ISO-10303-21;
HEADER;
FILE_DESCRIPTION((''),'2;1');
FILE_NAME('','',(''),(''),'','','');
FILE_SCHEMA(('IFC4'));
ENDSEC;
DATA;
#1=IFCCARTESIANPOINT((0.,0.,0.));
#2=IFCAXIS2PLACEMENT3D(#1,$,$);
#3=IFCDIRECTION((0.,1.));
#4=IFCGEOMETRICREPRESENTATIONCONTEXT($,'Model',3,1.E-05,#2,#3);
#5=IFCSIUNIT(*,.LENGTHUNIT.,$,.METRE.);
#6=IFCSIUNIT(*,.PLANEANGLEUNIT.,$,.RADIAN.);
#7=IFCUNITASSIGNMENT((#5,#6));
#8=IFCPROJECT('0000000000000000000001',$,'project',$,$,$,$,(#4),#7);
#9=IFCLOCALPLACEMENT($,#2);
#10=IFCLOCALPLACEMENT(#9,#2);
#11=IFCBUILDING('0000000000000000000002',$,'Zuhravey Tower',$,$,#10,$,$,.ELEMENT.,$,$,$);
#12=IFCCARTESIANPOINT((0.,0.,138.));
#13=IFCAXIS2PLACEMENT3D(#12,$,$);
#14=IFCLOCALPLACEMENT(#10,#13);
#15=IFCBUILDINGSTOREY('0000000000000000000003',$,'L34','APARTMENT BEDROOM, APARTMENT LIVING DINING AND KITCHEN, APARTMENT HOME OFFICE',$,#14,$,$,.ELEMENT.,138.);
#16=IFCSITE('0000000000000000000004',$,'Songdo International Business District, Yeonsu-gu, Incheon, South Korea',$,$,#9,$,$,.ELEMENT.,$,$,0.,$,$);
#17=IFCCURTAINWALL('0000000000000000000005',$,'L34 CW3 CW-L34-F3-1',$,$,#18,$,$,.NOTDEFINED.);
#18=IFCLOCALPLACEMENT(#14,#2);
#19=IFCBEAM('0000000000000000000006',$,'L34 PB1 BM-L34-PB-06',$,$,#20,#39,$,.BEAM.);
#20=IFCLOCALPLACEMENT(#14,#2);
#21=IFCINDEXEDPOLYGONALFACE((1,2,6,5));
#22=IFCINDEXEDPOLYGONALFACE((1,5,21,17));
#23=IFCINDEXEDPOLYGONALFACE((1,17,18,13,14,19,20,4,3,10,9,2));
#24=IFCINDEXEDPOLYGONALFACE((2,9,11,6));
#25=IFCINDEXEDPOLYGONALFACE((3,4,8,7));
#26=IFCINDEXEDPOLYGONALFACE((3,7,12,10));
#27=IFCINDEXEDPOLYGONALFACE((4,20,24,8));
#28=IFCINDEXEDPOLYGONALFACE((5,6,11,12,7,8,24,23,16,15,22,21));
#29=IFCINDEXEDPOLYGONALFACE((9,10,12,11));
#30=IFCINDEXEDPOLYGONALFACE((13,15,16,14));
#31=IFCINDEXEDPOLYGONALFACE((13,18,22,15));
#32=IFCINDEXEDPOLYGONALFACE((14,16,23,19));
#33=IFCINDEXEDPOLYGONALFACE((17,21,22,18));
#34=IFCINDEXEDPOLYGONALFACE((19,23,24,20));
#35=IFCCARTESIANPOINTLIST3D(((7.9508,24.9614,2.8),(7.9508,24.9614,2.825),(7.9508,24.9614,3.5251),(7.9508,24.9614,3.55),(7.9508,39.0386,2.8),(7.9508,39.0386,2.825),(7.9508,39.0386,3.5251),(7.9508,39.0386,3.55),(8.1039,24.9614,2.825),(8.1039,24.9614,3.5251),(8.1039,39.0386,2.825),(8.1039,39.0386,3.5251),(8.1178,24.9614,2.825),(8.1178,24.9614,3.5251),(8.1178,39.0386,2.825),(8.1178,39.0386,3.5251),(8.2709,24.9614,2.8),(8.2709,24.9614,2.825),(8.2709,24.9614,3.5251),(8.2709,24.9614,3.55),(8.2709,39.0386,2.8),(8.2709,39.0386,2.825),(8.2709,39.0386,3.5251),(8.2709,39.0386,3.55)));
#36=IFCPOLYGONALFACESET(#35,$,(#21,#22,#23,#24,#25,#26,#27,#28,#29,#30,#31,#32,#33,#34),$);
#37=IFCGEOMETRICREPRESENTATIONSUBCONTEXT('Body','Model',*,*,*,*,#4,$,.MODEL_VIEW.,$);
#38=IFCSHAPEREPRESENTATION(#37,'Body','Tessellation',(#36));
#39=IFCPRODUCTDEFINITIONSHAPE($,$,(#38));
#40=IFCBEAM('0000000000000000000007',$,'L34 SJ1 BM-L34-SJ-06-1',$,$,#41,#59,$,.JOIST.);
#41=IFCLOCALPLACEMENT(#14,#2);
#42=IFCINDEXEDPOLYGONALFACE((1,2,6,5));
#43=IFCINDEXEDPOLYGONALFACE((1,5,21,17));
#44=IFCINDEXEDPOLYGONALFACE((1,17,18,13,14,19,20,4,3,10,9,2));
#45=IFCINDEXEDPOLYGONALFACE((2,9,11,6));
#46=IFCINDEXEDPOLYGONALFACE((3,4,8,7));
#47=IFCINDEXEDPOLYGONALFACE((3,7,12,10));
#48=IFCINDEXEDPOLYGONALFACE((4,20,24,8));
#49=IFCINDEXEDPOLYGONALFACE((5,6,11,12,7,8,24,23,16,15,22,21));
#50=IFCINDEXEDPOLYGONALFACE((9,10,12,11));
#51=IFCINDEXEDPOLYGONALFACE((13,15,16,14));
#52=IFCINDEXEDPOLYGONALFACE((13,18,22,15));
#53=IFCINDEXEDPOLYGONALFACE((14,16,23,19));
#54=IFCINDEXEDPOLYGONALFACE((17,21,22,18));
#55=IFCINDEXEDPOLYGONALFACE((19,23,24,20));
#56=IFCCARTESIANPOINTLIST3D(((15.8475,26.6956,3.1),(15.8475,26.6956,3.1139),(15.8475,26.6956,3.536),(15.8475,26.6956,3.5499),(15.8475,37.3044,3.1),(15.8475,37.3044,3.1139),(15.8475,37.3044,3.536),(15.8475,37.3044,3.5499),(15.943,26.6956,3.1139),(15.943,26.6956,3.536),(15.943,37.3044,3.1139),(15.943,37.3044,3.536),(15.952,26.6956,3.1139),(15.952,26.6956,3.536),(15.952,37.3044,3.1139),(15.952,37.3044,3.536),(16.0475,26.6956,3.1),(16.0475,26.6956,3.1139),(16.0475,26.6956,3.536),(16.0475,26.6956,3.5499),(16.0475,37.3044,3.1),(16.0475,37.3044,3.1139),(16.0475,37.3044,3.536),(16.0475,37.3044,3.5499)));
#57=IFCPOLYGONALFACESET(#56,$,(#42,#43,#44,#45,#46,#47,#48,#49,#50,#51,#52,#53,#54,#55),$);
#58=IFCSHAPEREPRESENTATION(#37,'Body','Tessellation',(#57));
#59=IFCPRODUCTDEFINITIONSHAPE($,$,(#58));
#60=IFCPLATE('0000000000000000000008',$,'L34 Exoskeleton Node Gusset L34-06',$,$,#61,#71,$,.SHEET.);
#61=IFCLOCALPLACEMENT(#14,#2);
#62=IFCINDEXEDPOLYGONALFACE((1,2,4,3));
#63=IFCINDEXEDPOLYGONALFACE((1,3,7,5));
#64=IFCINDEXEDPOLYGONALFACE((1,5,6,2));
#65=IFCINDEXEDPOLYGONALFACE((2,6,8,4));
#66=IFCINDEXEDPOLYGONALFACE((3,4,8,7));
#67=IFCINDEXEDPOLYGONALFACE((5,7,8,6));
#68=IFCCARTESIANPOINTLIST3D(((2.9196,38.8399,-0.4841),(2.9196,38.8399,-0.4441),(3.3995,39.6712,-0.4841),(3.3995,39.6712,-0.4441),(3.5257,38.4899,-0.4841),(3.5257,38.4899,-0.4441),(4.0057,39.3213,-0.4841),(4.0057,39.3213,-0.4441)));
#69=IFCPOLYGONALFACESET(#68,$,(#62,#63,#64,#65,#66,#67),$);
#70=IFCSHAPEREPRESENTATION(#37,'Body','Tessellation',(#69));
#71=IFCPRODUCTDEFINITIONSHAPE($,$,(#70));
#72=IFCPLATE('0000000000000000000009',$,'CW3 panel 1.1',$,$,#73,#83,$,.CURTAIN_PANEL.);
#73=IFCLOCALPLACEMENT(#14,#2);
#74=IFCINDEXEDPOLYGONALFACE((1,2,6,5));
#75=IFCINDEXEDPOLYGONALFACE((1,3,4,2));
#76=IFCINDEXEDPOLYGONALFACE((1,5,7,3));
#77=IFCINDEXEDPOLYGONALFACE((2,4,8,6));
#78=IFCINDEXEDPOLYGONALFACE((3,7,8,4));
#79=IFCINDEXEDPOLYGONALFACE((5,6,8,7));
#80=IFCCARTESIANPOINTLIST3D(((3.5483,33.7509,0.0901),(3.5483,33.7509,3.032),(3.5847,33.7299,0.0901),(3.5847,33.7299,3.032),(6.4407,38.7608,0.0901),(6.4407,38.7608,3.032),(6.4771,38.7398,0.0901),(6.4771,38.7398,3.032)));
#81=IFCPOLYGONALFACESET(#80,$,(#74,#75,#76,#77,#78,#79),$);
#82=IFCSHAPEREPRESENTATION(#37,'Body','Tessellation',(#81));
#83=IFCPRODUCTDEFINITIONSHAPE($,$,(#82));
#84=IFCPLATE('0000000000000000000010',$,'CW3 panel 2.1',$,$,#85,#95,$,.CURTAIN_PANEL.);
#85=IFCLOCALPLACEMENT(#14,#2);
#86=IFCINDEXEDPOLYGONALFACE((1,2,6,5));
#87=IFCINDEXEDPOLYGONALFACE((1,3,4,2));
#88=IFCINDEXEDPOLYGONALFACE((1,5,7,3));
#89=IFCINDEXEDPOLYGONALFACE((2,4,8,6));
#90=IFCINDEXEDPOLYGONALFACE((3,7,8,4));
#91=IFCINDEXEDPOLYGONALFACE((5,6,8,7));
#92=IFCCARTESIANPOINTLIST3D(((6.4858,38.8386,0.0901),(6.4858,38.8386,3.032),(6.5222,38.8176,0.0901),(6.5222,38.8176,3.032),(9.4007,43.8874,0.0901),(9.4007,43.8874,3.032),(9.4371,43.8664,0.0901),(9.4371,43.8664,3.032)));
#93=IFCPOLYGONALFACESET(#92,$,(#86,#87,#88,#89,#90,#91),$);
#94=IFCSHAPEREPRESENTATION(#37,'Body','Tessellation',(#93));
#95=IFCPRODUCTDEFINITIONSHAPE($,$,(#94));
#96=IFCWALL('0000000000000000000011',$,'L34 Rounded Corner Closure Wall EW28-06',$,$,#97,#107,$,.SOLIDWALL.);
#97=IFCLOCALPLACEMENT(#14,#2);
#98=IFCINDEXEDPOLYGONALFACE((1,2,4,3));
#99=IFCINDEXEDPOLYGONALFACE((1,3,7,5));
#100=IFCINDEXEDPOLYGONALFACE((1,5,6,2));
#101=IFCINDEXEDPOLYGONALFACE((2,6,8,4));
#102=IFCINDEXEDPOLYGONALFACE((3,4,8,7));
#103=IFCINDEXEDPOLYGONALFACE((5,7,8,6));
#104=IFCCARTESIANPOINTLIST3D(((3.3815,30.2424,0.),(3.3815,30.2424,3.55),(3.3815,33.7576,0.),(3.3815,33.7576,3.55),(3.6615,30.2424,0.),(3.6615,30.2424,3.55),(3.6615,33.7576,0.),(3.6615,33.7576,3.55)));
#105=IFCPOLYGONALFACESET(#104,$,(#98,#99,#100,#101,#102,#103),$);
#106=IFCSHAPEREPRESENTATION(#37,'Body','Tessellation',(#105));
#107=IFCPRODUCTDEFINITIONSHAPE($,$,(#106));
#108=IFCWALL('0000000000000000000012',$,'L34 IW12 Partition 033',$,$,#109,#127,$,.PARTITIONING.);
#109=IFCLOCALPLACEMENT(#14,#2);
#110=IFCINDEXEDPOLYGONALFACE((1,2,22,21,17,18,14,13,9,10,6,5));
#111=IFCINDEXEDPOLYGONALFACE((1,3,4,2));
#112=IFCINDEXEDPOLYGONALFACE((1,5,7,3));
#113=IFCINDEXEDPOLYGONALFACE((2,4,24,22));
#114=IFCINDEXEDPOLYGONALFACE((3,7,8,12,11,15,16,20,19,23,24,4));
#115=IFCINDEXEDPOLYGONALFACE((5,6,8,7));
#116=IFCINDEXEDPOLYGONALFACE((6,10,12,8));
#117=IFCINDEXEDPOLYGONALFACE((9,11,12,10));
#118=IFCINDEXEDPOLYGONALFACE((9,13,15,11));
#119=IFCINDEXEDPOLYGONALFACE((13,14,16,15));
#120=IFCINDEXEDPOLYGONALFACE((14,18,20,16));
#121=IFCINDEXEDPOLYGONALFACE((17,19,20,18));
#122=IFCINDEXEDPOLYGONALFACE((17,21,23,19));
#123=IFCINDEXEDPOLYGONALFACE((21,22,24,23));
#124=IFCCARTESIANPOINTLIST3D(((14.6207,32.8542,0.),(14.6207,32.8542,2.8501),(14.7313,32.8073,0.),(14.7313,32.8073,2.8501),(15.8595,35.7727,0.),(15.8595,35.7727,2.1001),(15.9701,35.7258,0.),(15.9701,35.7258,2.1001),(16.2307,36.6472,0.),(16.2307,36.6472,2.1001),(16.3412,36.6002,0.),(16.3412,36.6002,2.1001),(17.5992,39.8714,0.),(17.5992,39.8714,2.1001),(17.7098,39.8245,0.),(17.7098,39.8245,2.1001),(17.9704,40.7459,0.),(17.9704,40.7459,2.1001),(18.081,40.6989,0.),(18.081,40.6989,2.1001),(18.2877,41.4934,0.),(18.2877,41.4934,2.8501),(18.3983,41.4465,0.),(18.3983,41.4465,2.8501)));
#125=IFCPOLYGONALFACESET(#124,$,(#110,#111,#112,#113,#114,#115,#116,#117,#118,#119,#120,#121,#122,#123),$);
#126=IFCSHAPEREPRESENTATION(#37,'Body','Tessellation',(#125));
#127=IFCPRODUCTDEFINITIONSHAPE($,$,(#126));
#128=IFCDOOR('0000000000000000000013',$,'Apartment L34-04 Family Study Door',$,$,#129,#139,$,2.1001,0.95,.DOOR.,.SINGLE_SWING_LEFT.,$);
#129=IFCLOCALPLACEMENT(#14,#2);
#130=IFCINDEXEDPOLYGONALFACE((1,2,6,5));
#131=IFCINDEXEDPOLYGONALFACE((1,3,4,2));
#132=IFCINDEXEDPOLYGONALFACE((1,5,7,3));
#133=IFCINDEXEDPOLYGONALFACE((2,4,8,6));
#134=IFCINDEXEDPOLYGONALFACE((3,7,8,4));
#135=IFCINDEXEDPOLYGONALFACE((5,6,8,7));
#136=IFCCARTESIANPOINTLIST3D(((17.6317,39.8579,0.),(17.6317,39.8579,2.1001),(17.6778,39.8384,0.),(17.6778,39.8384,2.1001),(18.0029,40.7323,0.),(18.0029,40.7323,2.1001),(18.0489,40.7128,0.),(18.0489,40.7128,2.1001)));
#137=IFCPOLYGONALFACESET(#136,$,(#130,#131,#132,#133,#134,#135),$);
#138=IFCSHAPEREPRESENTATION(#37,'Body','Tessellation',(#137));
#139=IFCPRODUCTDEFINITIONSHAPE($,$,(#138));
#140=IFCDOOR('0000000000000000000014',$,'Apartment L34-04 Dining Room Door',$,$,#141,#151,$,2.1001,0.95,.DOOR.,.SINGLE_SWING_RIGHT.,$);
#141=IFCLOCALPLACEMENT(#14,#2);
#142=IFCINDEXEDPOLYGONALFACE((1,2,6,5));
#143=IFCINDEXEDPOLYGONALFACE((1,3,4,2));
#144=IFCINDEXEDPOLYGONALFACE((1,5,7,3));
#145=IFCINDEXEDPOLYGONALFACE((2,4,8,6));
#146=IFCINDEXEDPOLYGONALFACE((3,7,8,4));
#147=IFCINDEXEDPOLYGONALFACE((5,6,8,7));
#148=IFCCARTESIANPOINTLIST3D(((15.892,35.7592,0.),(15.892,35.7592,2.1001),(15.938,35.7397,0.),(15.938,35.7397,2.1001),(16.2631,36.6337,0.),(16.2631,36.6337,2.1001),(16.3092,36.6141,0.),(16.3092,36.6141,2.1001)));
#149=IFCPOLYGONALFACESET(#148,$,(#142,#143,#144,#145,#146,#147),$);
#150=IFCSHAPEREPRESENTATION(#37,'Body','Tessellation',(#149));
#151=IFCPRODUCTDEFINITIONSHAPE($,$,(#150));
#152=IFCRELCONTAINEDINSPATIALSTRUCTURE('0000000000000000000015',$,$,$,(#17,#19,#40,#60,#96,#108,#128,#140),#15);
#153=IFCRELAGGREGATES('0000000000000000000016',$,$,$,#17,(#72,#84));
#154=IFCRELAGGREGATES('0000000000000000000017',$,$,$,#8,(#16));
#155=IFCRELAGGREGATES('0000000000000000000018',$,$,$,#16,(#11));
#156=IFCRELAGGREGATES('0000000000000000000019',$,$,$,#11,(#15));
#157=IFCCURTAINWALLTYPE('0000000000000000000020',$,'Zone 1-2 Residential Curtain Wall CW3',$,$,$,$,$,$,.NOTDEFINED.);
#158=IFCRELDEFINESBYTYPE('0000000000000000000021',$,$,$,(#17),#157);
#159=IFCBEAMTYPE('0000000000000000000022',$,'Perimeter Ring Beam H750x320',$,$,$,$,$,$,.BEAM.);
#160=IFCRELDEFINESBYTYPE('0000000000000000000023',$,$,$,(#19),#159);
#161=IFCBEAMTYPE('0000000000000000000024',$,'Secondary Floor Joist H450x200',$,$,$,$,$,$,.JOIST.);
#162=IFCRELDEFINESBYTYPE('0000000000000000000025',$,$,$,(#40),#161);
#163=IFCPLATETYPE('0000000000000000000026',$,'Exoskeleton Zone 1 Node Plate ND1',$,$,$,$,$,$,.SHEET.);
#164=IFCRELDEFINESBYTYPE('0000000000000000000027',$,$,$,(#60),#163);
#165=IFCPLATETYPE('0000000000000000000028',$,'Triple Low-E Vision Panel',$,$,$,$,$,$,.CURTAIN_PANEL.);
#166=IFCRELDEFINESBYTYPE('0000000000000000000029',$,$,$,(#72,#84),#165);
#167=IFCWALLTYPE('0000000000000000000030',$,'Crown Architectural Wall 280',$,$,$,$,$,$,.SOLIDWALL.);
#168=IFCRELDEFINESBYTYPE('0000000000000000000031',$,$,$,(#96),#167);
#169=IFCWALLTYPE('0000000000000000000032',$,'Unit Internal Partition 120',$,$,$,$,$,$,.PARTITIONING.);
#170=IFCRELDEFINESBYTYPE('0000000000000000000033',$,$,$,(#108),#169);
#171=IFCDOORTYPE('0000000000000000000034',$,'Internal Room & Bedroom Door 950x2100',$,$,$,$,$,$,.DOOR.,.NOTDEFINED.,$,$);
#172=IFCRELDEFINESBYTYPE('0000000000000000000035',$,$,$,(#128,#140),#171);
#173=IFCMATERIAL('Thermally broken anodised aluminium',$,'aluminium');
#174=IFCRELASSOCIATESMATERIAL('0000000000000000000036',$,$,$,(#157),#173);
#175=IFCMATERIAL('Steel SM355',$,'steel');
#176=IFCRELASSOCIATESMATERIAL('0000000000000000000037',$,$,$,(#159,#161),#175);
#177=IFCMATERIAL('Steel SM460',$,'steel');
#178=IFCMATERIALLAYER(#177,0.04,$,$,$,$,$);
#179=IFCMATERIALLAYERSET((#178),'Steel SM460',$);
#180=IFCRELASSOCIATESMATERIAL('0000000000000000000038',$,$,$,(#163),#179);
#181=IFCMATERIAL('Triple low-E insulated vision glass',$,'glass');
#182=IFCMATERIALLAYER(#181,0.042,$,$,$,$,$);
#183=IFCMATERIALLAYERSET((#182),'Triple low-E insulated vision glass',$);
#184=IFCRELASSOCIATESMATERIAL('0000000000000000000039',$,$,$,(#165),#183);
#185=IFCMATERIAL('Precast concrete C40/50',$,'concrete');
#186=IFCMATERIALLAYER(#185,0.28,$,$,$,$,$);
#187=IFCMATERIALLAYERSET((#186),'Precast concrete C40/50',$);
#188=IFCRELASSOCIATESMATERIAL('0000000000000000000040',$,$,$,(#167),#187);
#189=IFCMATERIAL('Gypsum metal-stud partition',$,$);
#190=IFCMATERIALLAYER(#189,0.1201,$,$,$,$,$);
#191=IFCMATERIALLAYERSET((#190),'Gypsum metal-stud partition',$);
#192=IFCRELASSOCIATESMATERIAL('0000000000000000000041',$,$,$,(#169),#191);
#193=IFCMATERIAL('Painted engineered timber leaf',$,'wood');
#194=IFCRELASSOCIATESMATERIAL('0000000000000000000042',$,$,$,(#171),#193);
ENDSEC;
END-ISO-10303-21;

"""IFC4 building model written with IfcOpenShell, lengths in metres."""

from ifc_helpers import new_model, si_unit, direction, frame, frame_2d, origin, origin_2d, place, context, subcontext, project, spatial, rectangle, i_section, extrude, material, layer, layer_set, material_profile, profile_set, type_object, element, fill, aggregate, save


model = new_model("IFC4")

# Units and contexts
model_context = context("Model", 3, precision=1e-05, world=origin(), true_north=direction((0.0, 1.0)))
body_context = subcontext(model_context, "Body", "Model", "MODEL_VIEW")
ifc_project = project(units=[si_unit("LENGTHUNIT", "METRE"), si_unit("PLANEANGLEUNIT", "RADIAN")], contexts=[model_context])

# Site, building, storey
site_placement = place(None, origin())
site = spatial("IfcSite", under=ifc_project, at=site_placement, Name="Songdo International Business District, Yeonsu-gu, Incheon, South Korea", CompositionType="ELEMENT", RefElevation=0.0)
building_placement = place(site_placement, origin())
building = spatial("IfcBuilding", under=site, at=building_placement, Name="Zuhravey Tower", CompositionType="ELEMENT")
storey_placement = place(building_placement, frame((0.0, 0.0, 138.0)))
storey = spatial("IfcBuildingStorey", under=building, at=storey_placement, Name="L34", Description="APARTMENT BEDROOM, APARTMENT LIVING DINING AND KITCHEN, APARTMENT HOME OFFICE", CompositionType="ELEMENT", Elevation=138.0)

# Shared definitions
ifc_material_1 = material(Name="Thermally broken anodised aluminium", Category="aluminium")
curtain_wall_type = type_object("IfcCurtainWallType", Name="Zone 1-2 Residential Curtain Wall CW3", PredefinedType="NOTDEFINED", material=ifc_material_1)

# Curtain wall
curtain_wall_1_placement = place(storey_placement, origin())
curtain_wall_1 = element("IfcCurtainWall", 1, at=curtain_wall_1_placement, inside=storey, type_object=curtain_wall_type, Name="L34 CW3 CW-L34-F3-1", PredefinedType="NOTDEFINED")

# Shared definitions
ifc_material_2 = material(Name="Steel SM460", Category="steel")

# Beams
ifc_material_3 = material(Name="Steel SM355", Category="steel")
ifc_material_profile_1 = material_profile(ifc_material_3, i_section(OverallWidth=0.3201, OverallDepth=0.75, WebThickness=0.0139, FlangeThickness=0.0249, at=origin_2d()), Name="H-750x320x14x25")
ifc_profile_set_1 = profile_set([ifc_material_profile_1], Name="Steel SM355")
beam_type_1 = type_object("IfcBeamType", Name="Perimeter Ring Beam H750x320", PredefinedType="BEAM", material=ifc_profile_set_1)
beam_1_placement = place(storey_placement, frame((8.1108, 39.0386, 3.175), z_axis=(0.0, -1.0, 0.0), x_axis=(1.0, 0.0, 0.0)))
element("IfcBeam", 2, at=beam_1_placement, inside=storey, type_object=beam_type_1, Name="L34 PB1 BM-L34-PB-06", PredefinedType="BEAM", context=body_context, shape_type="SweptSolid", body=[
    extrude(i_section(OverallWidth=0.3201, OverallDepth=0.75, WebThickness=0.0139, FlangeThickness=0.0249, at=origin_2d()), origin(), (0.0, 0.0, 1.0), 14.0771),
])
ifc_material_profile_2 = material_profile(ifc_material_3, i_section(OverallWidth=0.2, OverallDepth=0.45, WebThickness=0.009, FlangeThickness=0.0139, at=origin_2d()), Name="H-450x200x9x14")
ifc_profile_set_2 = profile_set([ifc_material_profile_2], Name="Steel SM355")
beam_type_2 = type_object("IfcBeamType", Name="Secondary Floor Joist H450x200", PredefinedType="JOIST", material=ifc_profile_set_2)
beam_2_placement = place(storey_placement, frame((15.9475, 37.3044, 3.325), z_axis=(0.0, -1.0, 0.0), x_axis=(1.0, 0.0, 0.0)))
element("IfcBeam", 3, at=beam_2_placement, inside=storey, type_object=beam_type_2, Name="L34 SJ1 BM-L34-SJ-06-1", PredefinedType="JOIST", context=body_context, shape_type="SweptSolid", body=[
    extrude(i_section(OverallWidth=0.2, OverallDepth=0.45, WebThickness=0.009, FlangeThickness=0.0139, at=origin_2d()), origin(), (0.0, 0.0, 1.0), 10.6089),
])

# Plates
ifc_layer_1 = layer(ifc_material_2, 0.04)
ifc_layer_set_1 = layer_set([ifc_layer_1], Name="Steel SM460")
plate_type_1 = type_object("IfcPlateType", Name="Exoskeleton Zone 1 Node Plate ND1", PredefinedType="SHEET", material=ifc_layer_set_1)
plate_1_placement = place(storey_placement, frame((3.4626, 39.0806, -0.4841), z_axis=(0.0, 0.0, 1.0), x_axis=(-0.5, -0.866025, 0.0)))
element("IfcPlate", 4, at=plate_1_placement, inside=storey, type_object=plate_type_1, Name="L34 Exoskeleton Node Gusset L34-06", PredefinedType="SHEET", context=body_context, shape_type="SweptSolid", body=[
    extrude(rectangle(XDim=0.96, YDim=0.7, at=origin_2d()), origin(), (0.0, 0.0, 1.0), 0.04),
])
ifc_material_4 = material(Name="Triple low-E insulated vision glass", Category="glass")
ifc_layer_2 = layer(ifc_material_4, 0.042)
ifc_layer_set_2 = layer_set([ifc_layer_2], Name="Triple low-E insulated vision glass")
plate_type_2 = type_object("IfcPlateType", Name="Triple Low-E Vision Panel", PredefinedType="CURTAIN_PANEL", material=ifc_layer_set_2)
plate_2_placement = place(storey_placement, frame((5.0127, 36.2454, 0.0901), z_axis=(0.0, 0.0, 1.0), x_axis=(0.5, 0.866026, 0.0)))
plate_2 = element("IfcPlate", 5, at=plate_2_placement, type_object=plate_type_2, Name="CW3 panel 1.1", PredefinedType="CURTAIN_PANEL", context=body_context, shape_type="SweptSolid", body=[
    extrude(rectangle(XDim=5.7849, YDim=0.042, at=origin_2d()), origin(), (0.0, 0.0, 1.0), 2.9419),
])
plate_3_placement = place(storey_placement, frame((7.9614, 41.3525, 0.0901), z_axis=(0.0, 0.0, 1.0), x_axis=(0.5, 0.866026, 0.0)))
plate_3 = element("IfcPlate", 6, at=plate_3_placement, type_object=plate_type_2, Name="CW3 panel 2.1", PredefinedType="CURTAIN_PANEL", context=body_context, shape_type="SweptSolid", body=[
    extrude(rectangle(XDim=5.8298, YDim=0.042, at=origin_2d()), origin(), (0.0, 0.0, 1.0), 2.9419),
])
aggregate(curtain_wall_1, [plate_2, plate_3])

# Wall
ifc_material_5 = material(Name="Precast concrete C40/50", Category="concrete")
ifc_layer_3 = layer(ifc_material_5, 0.28)
ifc_layer_set_3 = layer_set([ifc_layer_3], Name="Precast concrete C40/50")
wall_type_1 = type_object("IfcWallType", Name="Crown Architectural Wall 280", PredefinedType="SOLIDWALL", material=ifc_layer_set_3)
wall_1_placement = place(storey_placement, frame((3.5215, 30.2424, 0.0), z_axis=(0.0, 0.0, 1.0), x_axis=(0.0, 1.0, 0.0)))
element("IfcWall", 7, at=wall_1_placement, inside=storey, type_object=wall_type_1, Name="L34 Rounded Corner Closure Wall EW28-06", PredefinedType="SOLIDWALL", context=body_context, shape_type="SweptSolid", body=[
    extrude(rectangle(XDim=3.5151, YDim=0.28, at=frame_2d((1.7576, 0.0))), origin(), (0.0, 0.0, 1.0), 3.55),
])

# Wall, openings, doors
ifc_material_6 = material(Name="Gypsum metal-stud partition")
ifc_layer_4 = layer(ifc_material_6, 0.1201)
ifc_layer_set_4 = layer_set([ifc_layer_4], Name="Gypsum metal-stud partition")
wall_type_2 = type_object("IfcWallType", Name="Unit Internal Partition 120", PredefinedType="PARTITIONING", material=ifc_layer_set_4)
wall_2_placement = place(storey_placement, frame((18.343, 41.47, 0.0), z_axis=(0.0, 0.0, 1.0), x_axis=(-0.390721, -0.920509, 0.0)))
wall_2 = element("IfcWall", 8, at=wall_2_placement, inside=storey, type_object=wall_type_2, Name="L34 IW12 Partition 033", PredefinedType="PARTITIONING", context=body_context, shape_type="SweptSolid", body=[
    extrude(rectangle(XDim=9.3853, YDim=0.1201, at=frame_2d((4.6926, 0.0))), origin(), (0.0, 0.0, 1.0), 2.8501),
])
opening_1_placement = place(wall_2_placement, frame((0.812, 0.0, 0.0)))
opening_1 = element("IfcOpeningElement", 9, at=opening_1_placement, cuts=wall_2, PredefinedType="OPENING", context=body_context, shape_type="SweptSolid", body=[
    extrude(rectangle(XDim=0.95, YDim=2.1001, at=frame_2d((0.4751, 1.05))), frame((0.0, 0.072, 0.0), z_axis=(0.0, -1.0, 0.0), x_axis=(1.0, 0.0, 0.0)), (0.0, 0.0, 1.0), 0.144),
])
opening_2_placement = place(wall_2_placement, frame((5.2646, 0.0, 0.0)))
opening_2 = element("IfcOpeningElement", 10, at=opening_2_placement, cuts=wall_2, PredefinedType="OPENING", context=body_context, shape_type="SweptSolid", body=[
    extrude(rectangle(XDim=0.95, YDim=2.1001, at=frame_2d((0.4751, 1.05))), frame((0.0, 0.072, 0.0), z_axis=(0.0, -1.0, 0.0), x_axis=(1.0, 0.0, 0.0)), (0.0, 0.0, 1.0), 0.144),
])
ifc_material_7 = material(Name="Painted engineered timber leaf", Category="wood")
door_type_1 = type_object("IfcDoorType", Name="Internal Room & Bedroom Door 950x2100", OperationType="NOTDEFINED", PredefinedType="DOOR", material=ifc_material_7)
door_1_placement = place(opening_1_placement, frame((0.95, 0.0, 0.0), z_axis=(0.0, 0.0, 1.0), x_axis=(-1.0, 0.0, 0.0)))
door_1 = element("IfcDoor", 11, at=door_1_placement, inside=storey, type_object=door_type_1, Name="Apartment L34-04 Family Study Door", OperationType="SINGLE_SWING_LEFT", OverallHeight=2.1001, OverallWidth=0.95, PredefinedType="DOOR", context=body_context, shape_type="SweptSolid", body=[
    extrude(rectangle(XDim=0.95, YDim=2.1001, at=frame_2d((0.4751, 1.05))), frame((0.0, 0.0249, 0.0), z_axis=(0.0, -1.0, 0.0), x_axis=(1.0, 0.0, 0.0)), (0.0, 0.0, 1.0), 0.05),
])
fill(opening_1, door_1)
door_2_placement = place(opening_2_placement, frame((0.95, 0.0, 0.0), z_axis=(0.0, 0.0, 1.0), x_axis=(-1.0, 0.0, 0.0)))
door_2 = element("IfcDoor", 12, at=door_2_placement, inside=storey, type_object=door_type_1, Name="Apartment L34-04 Dining Room Door", OperationType="SINGLE_SWING_RIGHT", OverallHeight=2.1001, OverallWidth=0.95, PredefinedType="DOOR", context=body_context, shape_type="SweptSolid", body=[
    extrude(rectangle(XDim=0.95, YDim=2.1001, at=frame_2d((0.4751, 1.05))), frame((0.0, 0.0249, 0.0), z_axis=(0.0, -1.0, 0.0), x_axis=(1.0, 0.0, 0.0)), (0.0, 0.0, 1.0), 0.05),
])
fill(opening_2, door_2)

save(model, "model.ifc")
